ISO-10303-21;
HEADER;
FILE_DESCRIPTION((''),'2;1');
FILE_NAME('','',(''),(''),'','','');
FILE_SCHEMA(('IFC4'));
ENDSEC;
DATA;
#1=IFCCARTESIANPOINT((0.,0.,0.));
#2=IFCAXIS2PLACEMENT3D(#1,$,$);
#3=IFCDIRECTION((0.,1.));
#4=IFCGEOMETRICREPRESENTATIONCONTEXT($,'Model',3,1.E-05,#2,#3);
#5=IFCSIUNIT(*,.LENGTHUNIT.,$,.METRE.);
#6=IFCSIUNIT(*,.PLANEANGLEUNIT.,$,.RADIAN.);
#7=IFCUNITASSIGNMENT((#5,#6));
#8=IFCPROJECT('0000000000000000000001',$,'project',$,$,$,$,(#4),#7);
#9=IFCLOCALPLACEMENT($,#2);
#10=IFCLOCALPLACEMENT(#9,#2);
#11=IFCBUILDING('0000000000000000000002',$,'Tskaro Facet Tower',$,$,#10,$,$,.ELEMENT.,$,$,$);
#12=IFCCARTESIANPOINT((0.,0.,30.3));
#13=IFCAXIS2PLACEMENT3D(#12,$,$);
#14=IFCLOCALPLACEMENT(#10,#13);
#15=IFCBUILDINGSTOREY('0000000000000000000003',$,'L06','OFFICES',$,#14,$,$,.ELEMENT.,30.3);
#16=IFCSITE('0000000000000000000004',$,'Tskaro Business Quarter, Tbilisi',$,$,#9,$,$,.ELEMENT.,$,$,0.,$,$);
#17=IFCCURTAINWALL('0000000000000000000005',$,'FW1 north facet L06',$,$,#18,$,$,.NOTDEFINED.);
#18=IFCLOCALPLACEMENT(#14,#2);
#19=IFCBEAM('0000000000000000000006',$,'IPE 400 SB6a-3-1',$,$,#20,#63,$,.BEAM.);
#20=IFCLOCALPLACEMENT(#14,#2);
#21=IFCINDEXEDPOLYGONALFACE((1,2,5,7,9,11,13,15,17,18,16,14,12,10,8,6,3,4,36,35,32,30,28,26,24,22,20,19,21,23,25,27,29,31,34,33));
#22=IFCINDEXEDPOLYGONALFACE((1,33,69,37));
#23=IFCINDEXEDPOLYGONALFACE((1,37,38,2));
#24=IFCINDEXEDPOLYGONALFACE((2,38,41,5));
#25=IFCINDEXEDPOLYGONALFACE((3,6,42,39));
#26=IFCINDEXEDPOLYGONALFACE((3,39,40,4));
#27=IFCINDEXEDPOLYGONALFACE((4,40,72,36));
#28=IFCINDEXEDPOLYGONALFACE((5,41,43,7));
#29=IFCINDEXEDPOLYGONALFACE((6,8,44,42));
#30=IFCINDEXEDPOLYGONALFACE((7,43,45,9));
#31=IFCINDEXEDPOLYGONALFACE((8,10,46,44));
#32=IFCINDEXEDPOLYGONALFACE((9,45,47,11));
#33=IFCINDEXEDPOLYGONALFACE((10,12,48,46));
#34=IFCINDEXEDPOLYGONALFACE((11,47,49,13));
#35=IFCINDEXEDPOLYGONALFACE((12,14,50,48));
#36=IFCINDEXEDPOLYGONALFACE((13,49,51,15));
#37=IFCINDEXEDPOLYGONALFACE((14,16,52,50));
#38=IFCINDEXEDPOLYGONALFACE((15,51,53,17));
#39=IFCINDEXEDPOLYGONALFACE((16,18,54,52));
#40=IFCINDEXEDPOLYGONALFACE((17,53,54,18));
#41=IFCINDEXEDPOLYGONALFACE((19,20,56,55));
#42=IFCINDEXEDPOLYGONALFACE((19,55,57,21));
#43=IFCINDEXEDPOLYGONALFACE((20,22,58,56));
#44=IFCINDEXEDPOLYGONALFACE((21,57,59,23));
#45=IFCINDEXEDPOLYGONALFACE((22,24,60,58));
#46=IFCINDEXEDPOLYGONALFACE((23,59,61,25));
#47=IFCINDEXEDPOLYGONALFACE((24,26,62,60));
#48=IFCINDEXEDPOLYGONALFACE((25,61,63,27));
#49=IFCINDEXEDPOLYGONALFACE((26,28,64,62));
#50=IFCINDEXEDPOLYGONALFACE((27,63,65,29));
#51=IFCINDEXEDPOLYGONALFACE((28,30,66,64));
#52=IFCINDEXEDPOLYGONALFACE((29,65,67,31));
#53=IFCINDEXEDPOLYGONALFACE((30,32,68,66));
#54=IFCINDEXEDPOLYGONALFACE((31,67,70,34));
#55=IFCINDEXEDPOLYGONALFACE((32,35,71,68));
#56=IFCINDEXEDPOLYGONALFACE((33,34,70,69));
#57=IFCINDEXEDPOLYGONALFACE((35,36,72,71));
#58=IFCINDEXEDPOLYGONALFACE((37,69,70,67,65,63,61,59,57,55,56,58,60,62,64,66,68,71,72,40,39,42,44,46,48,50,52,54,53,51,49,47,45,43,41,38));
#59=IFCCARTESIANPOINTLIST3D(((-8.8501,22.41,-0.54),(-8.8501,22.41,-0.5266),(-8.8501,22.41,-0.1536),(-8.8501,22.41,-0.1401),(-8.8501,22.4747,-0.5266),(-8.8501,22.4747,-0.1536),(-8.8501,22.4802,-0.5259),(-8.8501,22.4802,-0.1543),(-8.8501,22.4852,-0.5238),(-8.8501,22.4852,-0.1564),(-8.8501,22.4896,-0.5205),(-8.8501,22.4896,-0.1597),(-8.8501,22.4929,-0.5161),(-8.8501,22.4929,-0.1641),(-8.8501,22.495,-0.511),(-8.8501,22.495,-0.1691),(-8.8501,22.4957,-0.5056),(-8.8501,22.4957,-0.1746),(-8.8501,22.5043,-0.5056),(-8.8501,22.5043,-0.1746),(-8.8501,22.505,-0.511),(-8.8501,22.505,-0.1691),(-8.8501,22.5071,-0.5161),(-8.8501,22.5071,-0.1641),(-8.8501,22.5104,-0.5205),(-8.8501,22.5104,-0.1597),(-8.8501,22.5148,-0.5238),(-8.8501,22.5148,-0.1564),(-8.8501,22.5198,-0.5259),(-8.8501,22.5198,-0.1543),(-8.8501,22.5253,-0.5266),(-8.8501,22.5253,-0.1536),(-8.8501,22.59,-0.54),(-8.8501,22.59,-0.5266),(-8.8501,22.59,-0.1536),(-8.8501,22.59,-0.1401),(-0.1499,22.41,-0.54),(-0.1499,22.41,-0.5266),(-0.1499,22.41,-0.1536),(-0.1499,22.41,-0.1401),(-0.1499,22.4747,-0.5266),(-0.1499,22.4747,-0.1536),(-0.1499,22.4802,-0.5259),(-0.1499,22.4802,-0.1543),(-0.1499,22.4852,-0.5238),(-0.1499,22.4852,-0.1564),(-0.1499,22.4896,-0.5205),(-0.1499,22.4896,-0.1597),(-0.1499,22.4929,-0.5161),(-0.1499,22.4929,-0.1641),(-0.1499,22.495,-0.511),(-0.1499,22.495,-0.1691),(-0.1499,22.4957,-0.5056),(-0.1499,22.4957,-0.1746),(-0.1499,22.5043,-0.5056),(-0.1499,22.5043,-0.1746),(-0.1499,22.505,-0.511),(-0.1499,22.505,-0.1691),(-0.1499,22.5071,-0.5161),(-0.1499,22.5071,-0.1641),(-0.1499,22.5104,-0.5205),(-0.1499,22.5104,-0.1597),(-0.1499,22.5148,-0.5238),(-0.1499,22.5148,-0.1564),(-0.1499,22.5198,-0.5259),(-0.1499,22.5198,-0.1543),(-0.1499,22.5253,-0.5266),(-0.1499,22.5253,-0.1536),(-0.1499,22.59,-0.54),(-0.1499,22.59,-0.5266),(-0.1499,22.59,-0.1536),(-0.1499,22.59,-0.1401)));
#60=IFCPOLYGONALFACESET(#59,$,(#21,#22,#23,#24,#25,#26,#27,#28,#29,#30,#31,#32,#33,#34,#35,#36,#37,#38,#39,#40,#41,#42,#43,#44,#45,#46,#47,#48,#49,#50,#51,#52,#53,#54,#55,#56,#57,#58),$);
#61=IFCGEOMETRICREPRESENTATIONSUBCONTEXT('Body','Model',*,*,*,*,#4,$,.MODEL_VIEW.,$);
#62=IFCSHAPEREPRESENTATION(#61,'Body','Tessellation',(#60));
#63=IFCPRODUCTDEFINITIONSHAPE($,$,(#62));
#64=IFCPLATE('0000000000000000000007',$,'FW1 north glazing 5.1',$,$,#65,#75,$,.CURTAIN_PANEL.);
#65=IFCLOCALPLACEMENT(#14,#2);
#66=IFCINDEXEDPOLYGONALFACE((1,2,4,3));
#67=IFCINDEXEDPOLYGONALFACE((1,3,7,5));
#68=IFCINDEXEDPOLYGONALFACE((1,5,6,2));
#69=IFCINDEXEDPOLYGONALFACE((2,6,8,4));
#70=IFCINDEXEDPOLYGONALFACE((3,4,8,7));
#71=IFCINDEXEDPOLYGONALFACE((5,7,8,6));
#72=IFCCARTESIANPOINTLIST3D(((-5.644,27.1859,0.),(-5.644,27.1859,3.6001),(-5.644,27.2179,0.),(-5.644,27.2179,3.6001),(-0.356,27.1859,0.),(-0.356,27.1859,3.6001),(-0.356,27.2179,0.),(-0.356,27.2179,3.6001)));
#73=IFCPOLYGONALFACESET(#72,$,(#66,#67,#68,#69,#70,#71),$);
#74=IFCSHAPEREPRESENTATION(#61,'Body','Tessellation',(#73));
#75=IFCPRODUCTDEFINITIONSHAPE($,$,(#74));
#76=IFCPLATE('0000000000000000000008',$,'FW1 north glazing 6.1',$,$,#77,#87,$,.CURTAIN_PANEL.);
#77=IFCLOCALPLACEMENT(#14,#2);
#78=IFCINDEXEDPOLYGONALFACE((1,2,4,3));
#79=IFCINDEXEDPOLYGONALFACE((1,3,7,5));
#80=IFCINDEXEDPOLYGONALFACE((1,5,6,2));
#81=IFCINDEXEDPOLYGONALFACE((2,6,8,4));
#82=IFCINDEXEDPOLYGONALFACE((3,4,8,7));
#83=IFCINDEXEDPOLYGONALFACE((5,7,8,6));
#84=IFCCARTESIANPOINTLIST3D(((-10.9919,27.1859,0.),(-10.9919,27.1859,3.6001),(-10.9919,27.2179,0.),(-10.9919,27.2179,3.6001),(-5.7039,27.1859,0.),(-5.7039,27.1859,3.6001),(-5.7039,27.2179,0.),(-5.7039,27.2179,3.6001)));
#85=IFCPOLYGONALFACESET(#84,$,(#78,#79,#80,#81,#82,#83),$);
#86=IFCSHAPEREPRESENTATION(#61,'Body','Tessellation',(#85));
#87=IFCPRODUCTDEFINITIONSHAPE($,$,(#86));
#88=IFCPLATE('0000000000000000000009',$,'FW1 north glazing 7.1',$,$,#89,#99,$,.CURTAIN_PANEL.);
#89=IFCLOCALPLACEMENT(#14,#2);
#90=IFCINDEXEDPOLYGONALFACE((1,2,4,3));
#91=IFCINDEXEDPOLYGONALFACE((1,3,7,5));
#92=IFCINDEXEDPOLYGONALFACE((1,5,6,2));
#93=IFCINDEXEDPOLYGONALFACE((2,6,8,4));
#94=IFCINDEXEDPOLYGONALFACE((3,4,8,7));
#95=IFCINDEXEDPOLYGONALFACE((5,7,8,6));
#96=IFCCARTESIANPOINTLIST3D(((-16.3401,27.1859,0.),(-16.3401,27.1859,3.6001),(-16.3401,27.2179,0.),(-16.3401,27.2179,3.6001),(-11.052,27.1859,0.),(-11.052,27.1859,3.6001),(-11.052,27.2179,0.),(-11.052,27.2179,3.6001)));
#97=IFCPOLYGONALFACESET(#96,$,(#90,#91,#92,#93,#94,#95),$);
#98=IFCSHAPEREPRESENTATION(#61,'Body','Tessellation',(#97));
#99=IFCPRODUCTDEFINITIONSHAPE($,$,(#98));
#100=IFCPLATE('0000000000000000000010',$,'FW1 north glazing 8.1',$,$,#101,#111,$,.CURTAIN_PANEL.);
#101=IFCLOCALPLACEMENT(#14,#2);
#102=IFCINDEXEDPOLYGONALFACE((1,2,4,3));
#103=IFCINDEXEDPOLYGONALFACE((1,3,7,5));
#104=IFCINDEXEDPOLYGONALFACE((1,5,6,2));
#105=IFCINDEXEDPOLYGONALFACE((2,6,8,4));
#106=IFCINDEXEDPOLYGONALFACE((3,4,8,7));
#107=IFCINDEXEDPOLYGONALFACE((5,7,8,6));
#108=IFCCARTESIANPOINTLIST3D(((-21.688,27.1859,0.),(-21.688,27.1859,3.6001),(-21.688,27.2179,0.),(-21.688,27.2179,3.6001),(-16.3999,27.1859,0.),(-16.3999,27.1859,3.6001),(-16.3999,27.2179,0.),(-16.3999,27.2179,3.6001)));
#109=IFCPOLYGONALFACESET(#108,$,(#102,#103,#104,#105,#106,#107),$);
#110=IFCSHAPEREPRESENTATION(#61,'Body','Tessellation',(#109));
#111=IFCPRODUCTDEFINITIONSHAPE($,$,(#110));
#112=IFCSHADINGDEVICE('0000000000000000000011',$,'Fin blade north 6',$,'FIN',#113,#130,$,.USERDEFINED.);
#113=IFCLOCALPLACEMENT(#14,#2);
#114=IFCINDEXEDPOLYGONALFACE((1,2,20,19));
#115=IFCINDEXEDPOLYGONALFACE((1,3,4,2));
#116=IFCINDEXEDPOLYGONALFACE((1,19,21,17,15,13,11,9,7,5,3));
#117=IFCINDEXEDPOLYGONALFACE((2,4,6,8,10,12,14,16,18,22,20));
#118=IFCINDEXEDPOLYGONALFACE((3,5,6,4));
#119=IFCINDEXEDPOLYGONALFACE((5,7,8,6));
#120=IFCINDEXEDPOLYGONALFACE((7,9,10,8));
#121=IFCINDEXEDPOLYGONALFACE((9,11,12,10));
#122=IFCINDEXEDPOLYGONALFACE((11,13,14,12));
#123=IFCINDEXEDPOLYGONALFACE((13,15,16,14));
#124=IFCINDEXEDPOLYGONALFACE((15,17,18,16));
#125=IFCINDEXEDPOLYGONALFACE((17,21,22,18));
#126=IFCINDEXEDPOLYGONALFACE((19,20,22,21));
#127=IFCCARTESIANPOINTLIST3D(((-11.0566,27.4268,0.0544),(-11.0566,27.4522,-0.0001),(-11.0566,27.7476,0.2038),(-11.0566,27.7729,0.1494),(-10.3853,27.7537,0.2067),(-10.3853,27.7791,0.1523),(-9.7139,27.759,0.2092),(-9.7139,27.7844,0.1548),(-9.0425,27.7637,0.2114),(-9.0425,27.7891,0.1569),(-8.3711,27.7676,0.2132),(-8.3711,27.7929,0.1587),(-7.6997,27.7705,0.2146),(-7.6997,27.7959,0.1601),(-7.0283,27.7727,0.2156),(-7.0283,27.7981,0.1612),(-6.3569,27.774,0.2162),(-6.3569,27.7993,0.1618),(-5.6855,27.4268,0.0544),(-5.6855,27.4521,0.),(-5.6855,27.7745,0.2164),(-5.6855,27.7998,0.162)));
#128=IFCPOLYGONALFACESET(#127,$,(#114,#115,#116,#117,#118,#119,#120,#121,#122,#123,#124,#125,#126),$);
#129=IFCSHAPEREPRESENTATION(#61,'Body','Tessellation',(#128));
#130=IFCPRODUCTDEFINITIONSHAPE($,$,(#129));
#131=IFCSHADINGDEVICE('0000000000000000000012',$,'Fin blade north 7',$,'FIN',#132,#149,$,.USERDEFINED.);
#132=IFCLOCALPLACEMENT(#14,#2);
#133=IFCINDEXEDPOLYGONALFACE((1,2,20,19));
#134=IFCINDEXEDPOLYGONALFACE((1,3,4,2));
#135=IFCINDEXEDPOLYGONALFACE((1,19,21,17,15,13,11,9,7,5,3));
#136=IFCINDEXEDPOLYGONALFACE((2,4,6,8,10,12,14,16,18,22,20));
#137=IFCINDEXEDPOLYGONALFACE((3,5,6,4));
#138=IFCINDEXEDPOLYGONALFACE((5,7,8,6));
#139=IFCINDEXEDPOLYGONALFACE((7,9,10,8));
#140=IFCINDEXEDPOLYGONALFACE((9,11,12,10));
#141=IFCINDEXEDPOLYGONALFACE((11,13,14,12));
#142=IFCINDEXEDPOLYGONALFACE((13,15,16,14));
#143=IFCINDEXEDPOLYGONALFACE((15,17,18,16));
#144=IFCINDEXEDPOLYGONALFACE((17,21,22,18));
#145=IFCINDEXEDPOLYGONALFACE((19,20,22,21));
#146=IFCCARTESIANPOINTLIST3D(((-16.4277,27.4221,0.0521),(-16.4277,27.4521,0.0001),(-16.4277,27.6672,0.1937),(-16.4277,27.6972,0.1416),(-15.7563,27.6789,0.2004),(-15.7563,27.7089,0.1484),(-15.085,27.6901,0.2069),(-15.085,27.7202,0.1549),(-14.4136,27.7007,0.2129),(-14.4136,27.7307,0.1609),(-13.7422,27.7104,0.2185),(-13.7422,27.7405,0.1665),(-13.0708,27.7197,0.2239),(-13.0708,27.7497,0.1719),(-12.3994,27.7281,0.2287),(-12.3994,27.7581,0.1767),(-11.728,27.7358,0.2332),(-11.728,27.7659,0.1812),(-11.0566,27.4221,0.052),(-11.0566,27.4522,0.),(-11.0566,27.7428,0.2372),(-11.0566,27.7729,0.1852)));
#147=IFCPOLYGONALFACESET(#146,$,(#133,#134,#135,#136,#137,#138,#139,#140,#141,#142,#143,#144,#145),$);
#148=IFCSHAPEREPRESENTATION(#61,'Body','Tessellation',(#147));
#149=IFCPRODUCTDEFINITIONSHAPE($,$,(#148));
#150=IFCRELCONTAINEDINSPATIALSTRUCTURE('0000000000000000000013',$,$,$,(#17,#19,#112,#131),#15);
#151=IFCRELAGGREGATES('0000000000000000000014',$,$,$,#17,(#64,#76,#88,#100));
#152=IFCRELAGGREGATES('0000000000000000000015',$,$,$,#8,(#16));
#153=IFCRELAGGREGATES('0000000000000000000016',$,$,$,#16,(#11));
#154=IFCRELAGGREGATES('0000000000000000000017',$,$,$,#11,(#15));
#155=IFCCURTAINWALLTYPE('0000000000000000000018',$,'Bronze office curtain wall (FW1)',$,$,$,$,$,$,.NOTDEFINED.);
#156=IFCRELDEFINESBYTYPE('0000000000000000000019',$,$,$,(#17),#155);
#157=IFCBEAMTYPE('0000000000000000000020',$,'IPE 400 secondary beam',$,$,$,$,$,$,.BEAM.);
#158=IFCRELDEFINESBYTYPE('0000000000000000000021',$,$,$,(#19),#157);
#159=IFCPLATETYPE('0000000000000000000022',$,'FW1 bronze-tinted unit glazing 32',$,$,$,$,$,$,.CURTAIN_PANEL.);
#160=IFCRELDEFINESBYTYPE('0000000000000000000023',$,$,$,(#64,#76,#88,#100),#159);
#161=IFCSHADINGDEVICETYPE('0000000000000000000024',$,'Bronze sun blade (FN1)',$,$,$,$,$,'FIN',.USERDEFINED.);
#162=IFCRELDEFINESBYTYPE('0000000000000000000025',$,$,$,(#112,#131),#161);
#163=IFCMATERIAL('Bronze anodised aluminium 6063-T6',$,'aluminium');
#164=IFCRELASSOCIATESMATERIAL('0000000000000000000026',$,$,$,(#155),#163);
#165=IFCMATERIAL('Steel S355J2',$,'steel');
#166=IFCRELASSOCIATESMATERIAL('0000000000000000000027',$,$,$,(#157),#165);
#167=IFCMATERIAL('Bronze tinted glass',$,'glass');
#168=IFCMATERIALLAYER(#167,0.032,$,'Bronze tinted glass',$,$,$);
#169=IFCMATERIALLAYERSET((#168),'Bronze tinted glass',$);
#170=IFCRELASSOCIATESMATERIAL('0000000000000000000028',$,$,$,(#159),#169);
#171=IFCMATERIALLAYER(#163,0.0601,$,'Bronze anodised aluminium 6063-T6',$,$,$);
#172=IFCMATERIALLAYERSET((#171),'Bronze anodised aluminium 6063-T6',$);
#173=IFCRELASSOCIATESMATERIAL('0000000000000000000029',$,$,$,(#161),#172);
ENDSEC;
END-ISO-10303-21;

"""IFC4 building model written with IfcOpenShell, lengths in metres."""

from ifc_helpers import new_model, si_unit, direction, frame, origin, origin_2d, place, context, subcontext, project, spatial, polyline, rectangle, i_section, outline, extrude, material, layer, layer_set, material_profile, profile_set, type_object, element, aggregate, save


model = new_model("IFC4")

# Units and contexts
model_context = context("Model", 3, precision=1e-05, world=origin(), true_north=direction((0.0, 1.0)))
body_context = subcontext(model_context, "Body", "Model", "MODEL_VIEW")
ifc_project = project(units=[si_unit("LENGTHUNIT", "METRE"), si_unit("PLANEANGLEUNIT", "RADIAN")], contexts=[model_context])

# Site, building, storey
site_placement = place(None, origin())
site = spatial("IfcSite", under=ifc_project, at=site_placement, Name="Tskaro Business Quarter, Tbilisi", CompositionType="ELEMENT", RefElevation=0.0)
building_placement = place(site_placement, origin())
building = spatial("IfcBuilding", under=site, at=building_placement, Name="Tskaro Facet Tower", CompositionType="ELEMENT")
storey_placement = place(building_placement, frame((0.0, 0.0, 30.3)))
storey = spatial("IfcBuildingStorey", under=building, at=storey_placement, Name="L06", Description="OFFICES", CompositionType="ELEMENT", Elevation=30.3)

# Curtain wall
ifc_material_1 = material(Name="Bronze anodised aluminium 6063-T6", Category="aluminium")
curtain_wall_type = type_object("IfcCurtainWallType", Name="Bronze office curtain wall (FW1)", PredefinedType="NOTDEFINED", material=ifc_material_1)
curtain_wall_placement = place(storey_placement, origin())
curtain_wall = element("IfcCurtainWall", 1, at=curtain_wall_placement, inside=storey, type_object=curtain_wall_type, Name="FW1 north facet L06", PredefinedType="NOTDEFINED")

# Beam
ifc_material_2 = material(Name="Steel S355J2", Category="steel")
ifc_material_profile_1 = material_profile(ifc_material_2, i_section(OverallWidth=0.1799, OverallDepth=0.3999, WebThickness=0.0085, FlangeThickness=0.0134, FilletRadius=0.021, at=origin_2d()), Name="IPE 400")
ifc_profile_set_1 = profile_set([ifc_material_profile_1], Name="Steel S355J2")
beam_type_1 = type_object("IfcBeamType", Name="IPE 400 secondary beam", PredefinedType="BEAM", material=ifc_profile_set_1)
for number, where, z_axis, x_axis, name in (
    (2, (-8.8501, 22.5, -0.3401), (1.0, 0.0, 0.0), (0.0, 1.0, 0.0), "IPE 400 SB6a-3-1"),
):
    element("IfcBeam", number, at=place(storey_placement, frame(where, z_axis=z_axis, x_axis=x_axis)), inside=storey, type_object=beam_type_1, Name=name, PredefinedType="BEAM", context=body_context, shape_type="SweptSolid", body=[
        extrude(i_section(OverallWidth=0.1799, OverallDepth=0.3999, WebThickness=0.0085, FlangeThickness=0.0134, FilletRadius=0.021, at=origin_2d()), origin(), (0.0, 0.0, 1.0), 8.7002),
    ])

# Plates
ifc_material_3 = material(Name="Bronze tinted glass", Category="glass")
ifc_layer_1 = layer(ifc_material_3, 0.032, Name="Bronze tinted glass")
ifc_layer_set_1 = layer_set([ifc_layer_1], Name="Bronze tinted glass")
plate_type = type_object("IfcPlateType", Name="FW1 bronze-tinted unit glazing 32", PredefinedType="CURTAIN_PANEL", material=ifc_layer_set_1)
plate_1_placement = place(storey_placement, frame((-3.0, 27.2019, 0.0), z_axis=(0.0, 0.0, 1.0), x_axis=(-1.0, 0.0, 0.0)))
plate_1 = element("IfcPlate", 3, at=plate_1_placement, type_object=plate_type, Name="FW1 north glazing 5.1", PredefinedType="CURTAIN_PANEL", context=body_context, shape_type="SweptSolid", body=[
    extrude(rectangle(XDim=5.2881, YDim=0.032, at=origin_2d()), origin(), (0.0, 0.0, 1.0), 3.6001),
])
plate_2_placement = place(storey_placement, frame((-8.3479, 27.2019, 0.0), z_axis=(0.0, 0.0, 1.0), x_axis=(-1.0, 0.0, 0.0)))
plate_2 = element("IfcPlate", 4, at=plate_2_placement, type_object=plate_type, Name="FW1 north glazing 6.1", PredefinedType="CURTAIN_PANEL", context=body_context, shape_type="SweptSolid", body=[
    extrude(rectangle(XDim=5.2881, YDim=0.032, at=origin_2d()), origin(), (0.0, 0.0, 1.0), 3.6001),
])
plate_3_placement = place(storey_placement, frame((-13.696, 27.2019, 0.0), z_axis=(0.0, 0.0, 1.0), x_axis=(-1.0, 0.0, 0.0)))
plate_3 = element("IfcPlate", 5, at=plate_3_placement, type_object=plate_type, Name="FW1 north glazing 7.1", PredefinedType="CURTAIN_PANEL", context=body_context, shape_type="SweptSolid", body=[
    extrude(rectangle(XDim=5.2881, YDim=0.032, at=origin_2d()), origin(), (0.0, 0.0, 1.0), 3.6001),
])
plate_4_placement = place(storey_placement, frame((-19.0439, 27.2019, 0.0), z_axis=(0.0, 0.0, 1.0), x_axis=(-1.0, 0.0, 0.0)))
plate_4 = element("IfcPlate", 6, at=plate_4_placement, type_object=plate_type, Name="FW1 north glazing 8.1", PredefinedType="CURTAIN_PANEL", context=body_context, shape_type="SweptSolid", body=[
    extrude(rectangle(XDim=5.2881, YDim=0.032, at=origin_2d()), origin(), (0.0, 0.0, 1.0), 3.6001),
])
aggregate(curtain_wall, [plate_1, plate_2, plate_3, plate_4])

# Shading devices
ifc_layer_2 = layer(ifc_material_1, 0.0601, Name="Bronze anodised aluminium 6063-T6")
ifc_layer_set_2 = layer_set([ifc_layer_2], Name="Bronze anodised aluminium 6063-T6")
shading_device_type = type_object("IfcShadingDeviceType", Name="Bronze sun blade (FN1)", ElementType="FIN", PredefinedType="USERDEFINED", material=ifc_layer_set_2)
shading_device_1_placement = place(storey_placement, frame((-5.6855, 27.4268, 0.0544), z_axis=(-0.000016, -0.422331, 0.906442), x_axis=(-1.0, 0.000007, -0.000014)))
element("IfcShadingDevice", 7, at=shading_device_1_placement, inside=storey, type_object=shading_device_type, Name="Fin blade north 6", ObjectType="FIN", PredefinedType="USERDEFINED", context=body_context, shape_type="SweptSolid", body=[
    extrude(outline(polyline([(0.0, 0.0), (5.3711, 0.0), (5.3711, -0.3539), (4.6997, -0.3607), (4.0283, -0.3666), (3.3569, -0.3717), (2.6855, -0.376), (2.0142, -0.3792), (1.3428, -0.3816), (0.6714, -0.383), (0.0, -0.3836), (0.0, 0.0)])), origin(), (0.0, 0.0, -1.0), 0.0601),
])
shading_device_2_placement = place(storey_placement, frame((-11.0566, 27.4221, 0.052), z_axis=(0.000021, -0.500058, 0.865992), x_axis=(-1.0, -0.00001, 0.000018)))
element("IfcShadingDevice", 8, at=shading_device_2_placement, inside=storey, type_object=shading_device_type, Name="Fin blade north 7", ObjectType="FIN", PredefinedType="USERDEFINED", context=body_context, shape_type="SweptSolid", body=[
    extrude(outline(polyline([(0.0, 0.0), (5.3711, 0.0), (5.3711, -0.2831), (4.6997, -0.2965), (4.0283, -0.3095), (3.3569, -0.3217), (2.6855, -0.333), (2.0142, -0.3437), (1.3428, -0.3533), (0.6714, -0.3623), (0.0, -0.3704), (0.0, 0.0)])), origin(), (0.0, 0.0, -1.0), 0.0601),
])

save(model, "model.ifc")
